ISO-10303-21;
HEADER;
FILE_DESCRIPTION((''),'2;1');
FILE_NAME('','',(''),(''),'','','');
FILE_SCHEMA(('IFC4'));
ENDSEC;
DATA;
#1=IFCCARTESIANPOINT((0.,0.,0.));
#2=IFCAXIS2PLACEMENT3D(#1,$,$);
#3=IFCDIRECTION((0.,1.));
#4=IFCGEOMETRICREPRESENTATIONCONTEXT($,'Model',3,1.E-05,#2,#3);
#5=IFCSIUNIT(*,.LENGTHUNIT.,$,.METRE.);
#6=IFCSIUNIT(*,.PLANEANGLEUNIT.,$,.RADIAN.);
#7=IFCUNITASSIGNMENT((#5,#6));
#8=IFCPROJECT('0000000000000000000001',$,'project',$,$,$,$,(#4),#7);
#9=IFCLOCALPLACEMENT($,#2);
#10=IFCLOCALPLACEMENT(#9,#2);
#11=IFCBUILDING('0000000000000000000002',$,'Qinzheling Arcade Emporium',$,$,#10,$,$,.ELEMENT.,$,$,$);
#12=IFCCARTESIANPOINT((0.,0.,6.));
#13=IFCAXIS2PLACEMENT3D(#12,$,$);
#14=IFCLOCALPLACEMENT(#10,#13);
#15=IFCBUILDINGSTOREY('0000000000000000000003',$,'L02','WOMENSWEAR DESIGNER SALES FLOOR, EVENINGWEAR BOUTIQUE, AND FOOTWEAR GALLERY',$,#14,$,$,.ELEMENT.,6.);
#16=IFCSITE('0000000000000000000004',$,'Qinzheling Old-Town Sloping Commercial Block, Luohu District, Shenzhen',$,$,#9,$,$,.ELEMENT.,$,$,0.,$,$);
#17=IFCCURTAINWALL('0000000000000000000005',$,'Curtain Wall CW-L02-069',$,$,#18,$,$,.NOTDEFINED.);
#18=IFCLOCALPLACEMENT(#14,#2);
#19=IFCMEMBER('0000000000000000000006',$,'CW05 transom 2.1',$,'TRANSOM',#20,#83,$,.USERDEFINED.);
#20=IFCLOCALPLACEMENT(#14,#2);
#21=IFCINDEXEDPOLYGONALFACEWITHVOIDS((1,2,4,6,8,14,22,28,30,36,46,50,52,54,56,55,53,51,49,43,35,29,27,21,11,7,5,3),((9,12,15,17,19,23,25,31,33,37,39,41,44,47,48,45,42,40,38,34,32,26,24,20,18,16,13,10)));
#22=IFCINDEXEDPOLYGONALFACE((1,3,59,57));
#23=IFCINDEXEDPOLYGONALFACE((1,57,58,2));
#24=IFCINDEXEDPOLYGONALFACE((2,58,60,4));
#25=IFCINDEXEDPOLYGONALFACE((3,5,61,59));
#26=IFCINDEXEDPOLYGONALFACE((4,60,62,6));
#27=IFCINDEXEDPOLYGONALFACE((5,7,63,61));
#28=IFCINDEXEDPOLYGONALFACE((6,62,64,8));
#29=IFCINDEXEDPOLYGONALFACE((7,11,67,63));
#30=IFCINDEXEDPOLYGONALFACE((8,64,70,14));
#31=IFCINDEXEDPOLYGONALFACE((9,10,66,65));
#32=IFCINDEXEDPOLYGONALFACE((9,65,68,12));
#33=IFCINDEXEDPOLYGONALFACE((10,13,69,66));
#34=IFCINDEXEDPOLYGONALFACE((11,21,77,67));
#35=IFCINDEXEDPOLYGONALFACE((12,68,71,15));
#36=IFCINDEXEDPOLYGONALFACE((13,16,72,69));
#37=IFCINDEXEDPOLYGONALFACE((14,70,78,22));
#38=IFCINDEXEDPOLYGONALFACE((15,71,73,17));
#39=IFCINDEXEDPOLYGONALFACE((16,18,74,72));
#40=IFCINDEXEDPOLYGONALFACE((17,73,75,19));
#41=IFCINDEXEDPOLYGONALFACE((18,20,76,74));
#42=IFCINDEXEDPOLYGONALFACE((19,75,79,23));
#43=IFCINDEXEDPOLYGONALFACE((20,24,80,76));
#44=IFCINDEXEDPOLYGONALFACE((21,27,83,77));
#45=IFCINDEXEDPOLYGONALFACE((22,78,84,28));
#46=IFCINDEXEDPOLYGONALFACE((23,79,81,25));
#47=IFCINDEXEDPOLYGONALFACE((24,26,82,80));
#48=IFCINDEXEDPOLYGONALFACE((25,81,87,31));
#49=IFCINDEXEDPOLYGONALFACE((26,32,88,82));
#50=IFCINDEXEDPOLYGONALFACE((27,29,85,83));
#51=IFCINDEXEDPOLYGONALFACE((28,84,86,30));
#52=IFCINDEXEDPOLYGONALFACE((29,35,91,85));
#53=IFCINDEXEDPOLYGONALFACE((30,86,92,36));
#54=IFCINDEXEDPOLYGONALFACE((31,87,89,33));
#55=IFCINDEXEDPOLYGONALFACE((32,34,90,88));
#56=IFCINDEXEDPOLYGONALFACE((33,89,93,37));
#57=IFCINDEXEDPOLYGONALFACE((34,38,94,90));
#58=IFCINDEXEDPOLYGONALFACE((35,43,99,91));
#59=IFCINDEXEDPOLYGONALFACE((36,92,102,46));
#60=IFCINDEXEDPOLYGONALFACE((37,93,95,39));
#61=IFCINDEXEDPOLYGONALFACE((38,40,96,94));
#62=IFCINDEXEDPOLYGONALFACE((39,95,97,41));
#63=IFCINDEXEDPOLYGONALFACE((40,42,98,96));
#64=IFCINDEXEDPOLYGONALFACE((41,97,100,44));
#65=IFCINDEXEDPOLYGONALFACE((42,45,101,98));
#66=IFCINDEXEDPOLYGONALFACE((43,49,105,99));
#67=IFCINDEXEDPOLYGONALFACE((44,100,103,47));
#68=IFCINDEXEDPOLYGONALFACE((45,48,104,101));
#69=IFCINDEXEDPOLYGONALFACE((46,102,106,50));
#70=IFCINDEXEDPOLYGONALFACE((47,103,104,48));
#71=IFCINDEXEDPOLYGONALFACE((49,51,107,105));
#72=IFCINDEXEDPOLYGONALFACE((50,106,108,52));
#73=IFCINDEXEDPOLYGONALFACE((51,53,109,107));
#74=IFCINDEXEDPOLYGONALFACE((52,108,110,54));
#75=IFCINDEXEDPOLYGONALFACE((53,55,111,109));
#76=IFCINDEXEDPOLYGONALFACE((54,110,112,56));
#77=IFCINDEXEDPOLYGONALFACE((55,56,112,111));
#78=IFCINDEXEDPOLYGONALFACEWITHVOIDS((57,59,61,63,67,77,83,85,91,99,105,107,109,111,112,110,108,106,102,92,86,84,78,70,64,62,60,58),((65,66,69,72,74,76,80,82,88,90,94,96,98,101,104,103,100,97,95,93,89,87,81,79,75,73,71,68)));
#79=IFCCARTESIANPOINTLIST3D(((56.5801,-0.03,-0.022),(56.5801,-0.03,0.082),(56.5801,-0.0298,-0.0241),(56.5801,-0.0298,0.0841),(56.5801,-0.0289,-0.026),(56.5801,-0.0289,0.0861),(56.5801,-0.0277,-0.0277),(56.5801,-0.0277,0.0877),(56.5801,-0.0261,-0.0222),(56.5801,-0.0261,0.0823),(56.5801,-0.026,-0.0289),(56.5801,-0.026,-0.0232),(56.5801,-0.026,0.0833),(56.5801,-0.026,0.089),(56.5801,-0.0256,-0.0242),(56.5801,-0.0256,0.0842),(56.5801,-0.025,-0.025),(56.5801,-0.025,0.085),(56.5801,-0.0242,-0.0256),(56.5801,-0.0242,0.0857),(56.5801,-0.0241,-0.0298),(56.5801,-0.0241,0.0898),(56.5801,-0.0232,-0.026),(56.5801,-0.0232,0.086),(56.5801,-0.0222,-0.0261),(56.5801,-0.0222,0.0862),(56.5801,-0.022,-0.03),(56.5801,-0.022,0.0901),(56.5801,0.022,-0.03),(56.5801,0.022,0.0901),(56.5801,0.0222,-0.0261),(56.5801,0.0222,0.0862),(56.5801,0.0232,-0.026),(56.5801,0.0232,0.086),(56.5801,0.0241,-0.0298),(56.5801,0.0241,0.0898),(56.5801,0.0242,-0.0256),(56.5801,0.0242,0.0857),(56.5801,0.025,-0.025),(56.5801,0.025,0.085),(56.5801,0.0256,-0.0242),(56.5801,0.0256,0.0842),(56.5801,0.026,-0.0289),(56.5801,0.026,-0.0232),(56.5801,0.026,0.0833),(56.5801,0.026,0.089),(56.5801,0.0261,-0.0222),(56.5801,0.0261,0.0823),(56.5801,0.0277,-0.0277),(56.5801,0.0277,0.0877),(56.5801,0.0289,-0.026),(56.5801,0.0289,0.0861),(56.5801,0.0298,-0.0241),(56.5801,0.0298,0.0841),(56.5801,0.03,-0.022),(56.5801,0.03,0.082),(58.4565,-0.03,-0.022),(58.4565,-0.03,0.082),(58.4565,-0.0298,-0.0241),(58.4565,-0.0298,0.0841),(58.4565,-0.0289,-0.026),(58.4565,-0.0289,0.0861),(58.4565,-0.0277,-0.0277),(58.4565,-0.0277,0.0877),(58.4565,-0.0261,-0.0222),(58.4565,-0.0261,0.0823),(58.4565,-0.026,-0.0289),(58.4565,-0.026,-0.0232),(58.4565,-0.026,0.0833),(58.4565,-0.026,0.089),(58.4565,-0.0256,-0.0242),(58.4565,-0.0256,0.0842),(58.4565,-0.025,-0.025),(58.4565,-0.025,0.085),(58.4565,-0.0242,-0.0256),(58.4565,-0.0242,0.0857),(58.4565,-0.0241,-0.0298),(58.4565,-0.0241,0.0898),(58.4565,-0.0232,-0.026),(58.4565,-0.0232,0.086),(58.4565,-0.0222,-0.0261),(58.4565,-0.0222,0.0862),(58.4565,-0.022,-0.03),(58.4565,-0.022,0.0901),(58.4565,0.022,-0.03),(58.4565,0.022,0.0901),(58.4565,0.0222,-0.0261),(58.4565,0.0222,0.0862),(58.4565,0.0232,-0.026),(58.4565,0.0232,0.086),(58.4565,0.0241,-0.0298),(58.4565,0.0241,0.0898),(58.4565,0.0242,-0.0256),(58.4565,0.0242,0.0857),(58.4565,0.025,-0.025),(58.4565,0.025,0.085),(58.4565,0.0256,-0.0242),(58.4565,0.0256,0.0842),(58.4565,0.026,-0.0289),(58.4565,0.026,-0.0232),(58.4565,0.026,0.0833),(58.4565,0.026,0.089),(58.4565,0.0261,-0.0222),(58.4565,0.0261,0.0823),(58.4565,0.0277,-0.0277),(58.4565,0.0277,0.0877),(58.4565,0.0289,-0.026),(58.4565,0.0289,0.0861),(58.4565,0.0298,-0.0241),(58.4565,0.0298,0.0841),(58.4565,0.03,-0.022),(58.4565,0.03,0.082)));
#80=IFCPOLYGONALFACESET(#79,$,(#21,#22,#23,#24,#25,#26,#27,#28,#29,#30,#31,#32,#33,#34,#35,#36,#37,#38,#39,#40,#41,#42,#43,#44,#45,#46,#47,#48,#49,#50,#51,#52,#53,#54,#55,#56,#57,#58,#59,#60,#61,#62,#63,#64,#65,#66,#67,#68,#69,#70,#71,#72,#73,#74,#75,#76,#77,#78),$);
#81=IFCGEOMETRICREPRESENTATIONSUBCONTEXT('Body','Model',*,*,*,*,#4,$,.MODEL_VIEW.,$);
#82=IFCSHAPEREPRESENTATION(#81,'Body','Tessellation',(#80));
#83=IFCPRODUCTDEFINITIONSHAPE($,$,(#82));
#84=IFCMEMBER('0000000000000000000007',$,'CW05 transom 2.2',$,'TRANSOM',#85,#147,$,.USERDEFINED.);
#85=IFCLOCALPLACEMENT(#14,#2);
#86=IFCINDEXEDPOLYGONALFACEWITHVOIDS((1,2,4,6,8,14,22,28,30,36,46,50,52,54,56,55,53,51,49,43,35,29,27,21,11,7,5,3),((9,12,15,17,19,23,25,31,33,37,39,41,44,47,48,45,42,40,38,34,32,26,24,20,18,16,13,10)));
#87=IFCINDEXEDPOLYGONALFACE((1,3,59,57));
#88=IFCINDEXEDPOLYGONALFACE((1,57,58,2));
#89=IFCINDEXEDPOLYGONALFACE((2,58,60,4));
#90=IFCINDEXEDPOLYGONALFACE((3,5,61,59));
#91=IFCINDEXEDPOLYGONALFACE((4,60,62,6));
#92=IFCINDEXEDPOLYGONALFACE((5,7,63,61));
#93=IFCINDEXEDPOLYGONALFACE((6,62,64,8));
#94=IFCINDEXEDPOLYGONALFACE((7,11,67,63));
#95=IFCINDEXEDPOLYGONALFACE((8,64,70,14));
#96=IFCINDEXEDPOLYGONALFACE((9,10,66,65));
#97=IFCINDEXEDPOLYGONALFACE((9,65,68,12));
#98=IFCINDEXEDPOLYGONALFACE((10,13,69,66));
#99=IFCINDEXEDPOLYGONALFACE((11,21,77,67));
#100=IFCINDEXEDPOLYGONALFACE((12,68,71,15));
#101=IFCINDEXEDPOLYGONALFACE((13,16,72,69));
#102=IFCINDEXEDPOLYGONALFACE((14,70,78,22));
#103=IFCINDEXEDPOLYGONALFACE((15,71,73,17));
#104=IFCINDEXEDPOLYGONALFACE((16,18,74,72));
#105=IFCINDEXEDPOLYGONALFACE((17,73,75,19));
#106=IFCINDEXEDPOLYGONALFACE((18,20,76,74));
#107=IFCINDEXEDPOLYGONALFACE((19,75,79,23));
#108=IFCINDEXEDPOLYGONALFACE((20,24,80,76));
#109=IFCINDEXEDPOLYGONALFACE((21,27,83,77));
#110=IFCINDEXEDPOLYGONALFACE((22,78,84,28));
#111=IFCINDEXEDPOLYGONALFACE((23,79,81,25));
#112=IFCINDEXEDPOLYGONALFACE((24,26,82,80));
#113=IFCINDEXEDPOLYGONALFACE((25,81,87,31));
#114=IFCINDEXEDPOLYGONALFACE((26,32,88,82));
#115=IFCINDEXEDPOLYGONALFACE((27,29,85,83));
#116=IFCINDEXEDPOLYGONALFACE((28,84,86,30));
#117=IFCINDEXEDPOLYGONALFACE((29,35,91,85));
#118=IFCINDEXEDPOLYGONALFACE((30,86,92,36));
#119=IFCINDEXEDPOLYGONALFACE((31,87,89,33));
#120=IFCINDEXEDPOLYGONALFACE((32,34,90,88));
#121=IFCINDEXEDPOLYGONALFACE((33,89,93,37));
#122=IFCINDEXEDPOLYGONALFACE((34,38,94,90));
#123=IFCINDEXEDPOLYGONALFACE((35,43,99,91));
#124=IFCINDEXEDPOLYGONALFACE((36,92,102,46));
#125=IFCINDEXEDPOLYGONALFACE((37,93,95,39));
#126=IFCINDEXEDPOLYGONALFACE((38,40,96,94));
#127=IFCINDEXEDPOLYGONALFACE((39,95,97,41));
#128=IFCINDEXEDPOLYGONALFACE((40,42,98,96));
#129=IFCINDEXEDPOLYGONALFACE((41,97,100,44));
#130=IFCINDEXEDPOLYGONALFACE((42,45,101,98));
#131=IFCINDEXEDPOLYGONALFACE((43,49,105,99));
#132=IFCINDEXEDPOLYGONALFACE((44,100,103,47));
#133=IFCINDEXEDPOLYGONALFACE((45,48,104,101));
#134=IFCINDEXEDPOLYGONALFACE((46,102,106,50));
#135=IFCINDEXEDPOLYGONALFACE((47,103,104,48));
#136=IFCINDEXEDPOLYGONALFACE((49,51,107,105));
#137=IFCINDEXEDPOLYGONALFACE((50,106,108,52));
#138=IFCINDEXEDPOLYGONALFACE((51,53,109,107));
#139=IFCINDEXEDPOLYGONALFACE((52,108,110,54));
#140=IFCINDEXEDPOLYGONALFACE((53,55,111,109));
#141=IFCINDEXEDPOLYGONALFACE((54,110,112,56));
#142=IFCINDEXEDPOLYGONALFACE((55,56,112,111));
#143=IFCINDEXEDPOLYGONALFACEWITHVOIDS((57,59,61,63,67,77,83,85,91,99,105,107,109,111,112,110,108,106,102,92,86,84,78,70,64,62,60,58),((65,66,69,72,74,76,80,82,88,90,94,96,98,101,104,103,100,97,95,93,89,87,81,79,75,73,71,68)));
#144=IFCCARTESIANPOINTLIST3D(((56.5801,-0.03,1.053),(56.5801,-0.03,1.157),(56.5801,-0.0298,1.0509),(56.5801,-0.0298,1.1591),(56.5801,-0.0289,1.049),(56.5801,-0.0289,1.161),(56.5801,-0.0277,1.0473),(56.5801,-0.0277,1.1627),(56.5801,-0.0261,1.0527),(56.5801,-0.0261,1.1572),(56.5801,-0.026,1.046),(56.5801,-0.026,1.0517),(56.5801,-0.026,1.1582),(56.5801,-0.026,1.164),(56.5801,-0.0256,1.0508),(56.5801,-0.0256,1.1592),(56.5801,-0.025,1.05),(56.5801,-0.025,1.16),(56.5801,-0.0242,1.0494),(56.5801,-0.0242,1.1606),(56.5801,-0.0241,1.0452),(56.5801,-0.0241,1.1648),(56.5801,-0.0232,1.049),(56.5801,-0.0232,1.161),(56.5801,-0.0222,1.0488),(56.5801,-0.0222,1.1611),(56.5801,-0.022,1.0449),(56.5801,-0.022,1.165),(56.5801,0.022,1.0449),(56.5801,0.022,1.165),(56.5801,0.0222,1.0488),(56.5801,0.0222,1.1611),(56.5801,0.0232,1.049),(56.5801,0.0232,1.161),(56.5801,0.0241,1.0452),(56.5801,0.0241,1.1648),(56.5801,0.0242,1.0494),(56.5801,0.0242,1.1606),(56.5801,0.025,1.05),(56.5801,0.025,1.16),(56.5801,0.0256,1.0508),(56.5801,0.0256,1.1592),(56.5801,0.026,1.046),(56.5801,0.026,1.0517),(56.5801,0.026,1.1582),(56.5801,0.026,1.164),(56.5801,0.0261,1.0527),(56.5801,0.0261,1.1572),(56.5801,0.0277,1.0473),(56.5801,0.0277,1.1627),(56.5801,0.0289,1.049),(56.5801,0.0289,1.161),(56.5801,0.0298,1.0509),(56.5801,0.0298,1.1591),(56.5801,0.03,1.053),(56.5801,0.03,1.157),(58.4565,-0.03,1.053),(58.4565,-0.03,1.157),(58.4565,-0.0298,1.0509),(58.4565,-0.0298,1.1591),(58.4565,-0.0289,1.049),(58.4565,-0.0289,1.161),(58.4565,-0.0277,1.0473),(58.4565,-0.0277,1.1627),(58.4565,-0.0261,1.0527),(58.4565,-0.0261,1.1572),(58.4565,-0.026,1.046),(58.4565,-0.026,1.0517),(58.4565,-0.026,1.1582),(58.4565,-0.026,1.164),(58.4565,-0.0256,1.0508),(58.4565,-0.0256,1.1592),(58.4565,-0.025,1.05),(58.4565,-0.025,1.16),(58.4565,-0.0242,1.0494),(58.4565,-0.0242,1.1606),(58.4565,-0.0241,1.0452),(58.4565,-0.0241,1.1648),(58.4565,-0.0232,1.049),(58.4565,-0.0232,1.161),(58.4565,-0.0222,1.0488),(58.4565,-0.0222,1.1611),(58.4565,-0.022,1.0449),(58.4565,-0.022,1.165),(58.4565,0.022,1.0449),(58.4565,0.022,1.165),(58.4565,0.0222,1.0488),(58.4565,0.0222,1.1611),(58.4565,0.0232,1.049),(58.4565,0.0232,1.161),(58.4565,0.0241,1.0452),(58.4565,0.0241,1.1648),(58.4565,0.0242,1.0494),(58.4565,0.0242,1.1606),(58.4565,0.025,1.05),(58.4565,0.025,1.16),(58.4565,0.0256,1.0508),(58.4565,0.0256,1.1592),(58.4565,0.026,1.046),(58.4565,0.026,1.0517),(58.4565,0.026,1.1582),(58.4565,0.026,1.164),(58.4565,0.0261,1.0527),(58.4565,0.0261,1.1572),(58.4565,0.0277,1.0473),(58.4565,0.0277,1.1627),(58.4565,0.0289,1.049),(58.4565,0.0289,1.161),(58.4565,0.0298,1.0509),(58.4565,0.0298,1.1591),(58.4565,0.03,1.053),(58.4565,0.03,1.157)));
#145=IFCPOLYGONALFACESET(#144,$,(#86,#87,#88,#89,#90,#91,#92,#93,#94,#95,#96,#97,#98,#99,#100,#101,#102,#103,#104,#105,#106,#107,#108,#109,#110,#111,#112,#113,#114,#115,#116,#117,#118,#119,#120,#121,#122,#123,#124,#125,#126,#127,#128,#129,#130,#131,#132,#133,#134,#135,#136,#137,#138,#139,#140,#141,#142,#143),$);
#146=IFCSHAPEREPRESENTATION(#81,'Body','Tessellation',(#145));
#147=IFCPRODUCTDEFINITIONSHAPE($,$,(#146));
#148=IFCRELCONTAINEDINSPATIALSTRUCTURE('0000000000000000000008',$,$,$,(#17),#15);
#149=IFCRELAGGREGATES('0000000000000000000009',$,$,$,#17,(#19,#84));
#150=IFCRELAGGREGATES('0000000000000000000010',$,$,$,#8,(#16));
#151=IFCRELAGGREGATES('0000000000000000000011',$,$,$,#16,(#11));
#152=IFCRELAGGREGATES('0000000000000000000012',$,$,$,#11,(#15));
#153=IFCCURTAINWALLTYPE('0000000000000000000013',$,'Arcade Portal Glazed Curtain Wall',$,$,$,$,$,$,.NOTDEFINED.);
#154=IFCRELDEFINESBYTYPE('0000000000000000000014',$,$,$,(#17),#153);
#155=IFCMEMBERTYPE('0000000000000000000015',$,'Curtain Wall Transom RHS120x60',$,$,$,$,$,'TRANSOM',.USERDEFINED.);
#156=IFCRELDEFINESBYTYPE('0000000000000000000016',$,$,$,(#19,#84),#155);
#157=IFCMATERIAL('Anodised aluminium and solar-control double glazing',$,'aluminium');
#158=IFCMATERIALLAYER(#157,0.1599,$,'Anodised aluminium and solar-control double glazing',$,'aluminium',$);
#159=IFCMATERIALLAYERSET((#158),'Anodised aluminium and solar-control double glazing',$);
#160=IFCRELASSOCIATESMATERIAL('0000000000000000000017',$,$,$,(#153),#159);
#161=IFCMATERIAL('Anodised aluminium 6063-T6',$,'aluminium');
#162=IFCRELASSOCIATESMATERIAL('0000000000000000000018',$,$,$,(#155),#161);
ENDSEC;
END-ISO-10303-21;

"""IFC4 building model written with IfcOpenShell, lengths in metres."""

from ifc_helpers import new_model, si_unit, direction, frame, origin, origin_2d, place, context, subcontext, project, spatial, hollow_rectangle, extrude, material, layer, layer_set, material_profile, profile_set, type_object, element, aggregate, save


model = new_model("IFC4")

# Units and contexts
model_context = context("Model", 3, precision=1e-05, world=origin(), true_north=direction((0.0, 1.0)))
body_context = subcontext(model_context, "Body", "Model", "MODEL_VIEW")
ifc_project = project(units=[si_unit("LENGTHUNIT", "METRE"), si_unit("PLANEANGLEUNIT", "RADIAN")], contexts=[model_context])

# Site, building, storey
site_placement = place(None, origin())
site = spatial("IfcSite", under=ifc_project, at=site_placement, Name="Qinzheling Old-Town Sloping Commercial Block, Luohu District, Shenzhen", CompositionType="ELEMENT", RefElevation=0.0)
building_placement = place(site_placement, origin())
building = spatial("IfcBuilding", under=site, at=building_placement, Name="Qinzheling Arcade Emporium", CompositionType="ELEMENT")
storey_placement = place(building_placement, frame((0.0, 0.0, 6.0)))
storey = spatial("IfcBuildingStorey", under=building, at=storey_placement, Name="L02", Description="WOMENSWEAR DESIGNER SALES FLOOR, EVENINGWEAR BOUTIQUE, AND FOOTWEAR GALLERY", CompositionType="ELEMENT", Elevation=6.0)

# Curtain wall, members
ifc_material_1 = material(Name="Anodised aluminium and solar-control double glazing", Category="aluminium")
ifc_layer_1 = layer(ifc_material_1, 0.1599, Name="Anodised aluminium and solar-control double glazing", Category="aluminium")
ifc_layer_set_1 = layer_set([ifc_layer_1], Name="Anodised aluminium and solar-control double glazing")
curtain_wall_type = type_object("IfcCurtainWallType", Name="Arcade Portal Glazed Curtain Wall", PredefinedType="NOTDEFINED", material=ifc_layer_set_1)
curtain_wall_placement = place(storey_placement, origin())
curtain_wall = element("IfcCurtainWall", 1, at=curtain_wall_placement, inside=storey, type_object=curtain_wall_type, Name="Curtain Wall CW-L02-069", PredefinedType="NOTDEFINED")
ifc_material_2 = material(Name="Anodised aluminium 6063-T6", Category="aluminium")
ifc_material_profile_1 = material_profile(ifc_material_2, hollow_rectangle(XDim=0.0601, YDim=0.1201, WallThickness=0.0039, InnerFilletRadius=0.0039, OuterFilletRadius=0.0081, at=origin_2d()), Name="RHS 120x60x4", Category="aluminium")
ifc_profile_set_1 = profile_set([ifc_material_profile_1], Name="Anodised aluminium 6063-T6")
member_type_1 = type_object("IfcMemberType", Name="Curtain Wall Transom RHS120x60", ElementType="TRANSOM", PredefinedType="USERDEFINED", material=ifc_profile_set_1)
member_1_placement = place(storey_placement, frame((58.4565, 0.0, 0.03), z_axis=(-1.0, 0.0, 0.0), x_axis=(0.0, -1.0, 0.0)))
member_1 = element("IfcMember", 2, at=member_1_placement, type_object=member_type_1, Name="CW05 transom 2.1", ObjectType="TRANSOM", PredefinedType="USERDEFINED", context=body_context, shape_type="SweptSolid", body=[
    extrude(hollow_rectangle(XDim=0.0601, YDim=0.1201, WallThickness=0.0039, InnerFilletRadius=0.0039, OuterFilletRadius=0.0081, at=origin_2d()), origin(), (0.0, 0.0, 1.0), 1.8765),
])
member_2_placement = place(storey_placement, frame((58.4565, 0.0, 1.105), z_axis=(-1.0, 0.0, 0.0), x_axis=(0.0, -1.0, 0.0)))
member_2 = element("IfcMember", 3, at=member_2_placement, type_object=member_type_1, Name="CW05 transom 2.2", ObjectType="TRANSOM", PredefinedType="USERDEFINED", context=body_context, shape_type="SweptSolid", body=[
    extrude(hollow_rectangle(XDim=0.0601, YDim=0.1201, WallThickness=0.0039, InnerFilletRadius=0.0039, OuterFilletRadius=0.0081, at=origin_2d()), origin(), (0.0, 0.0, 1.0), 1.8765),
])

aggregate(curtain_wall, [member_1, member_2])

save(model, "model.ifc")
